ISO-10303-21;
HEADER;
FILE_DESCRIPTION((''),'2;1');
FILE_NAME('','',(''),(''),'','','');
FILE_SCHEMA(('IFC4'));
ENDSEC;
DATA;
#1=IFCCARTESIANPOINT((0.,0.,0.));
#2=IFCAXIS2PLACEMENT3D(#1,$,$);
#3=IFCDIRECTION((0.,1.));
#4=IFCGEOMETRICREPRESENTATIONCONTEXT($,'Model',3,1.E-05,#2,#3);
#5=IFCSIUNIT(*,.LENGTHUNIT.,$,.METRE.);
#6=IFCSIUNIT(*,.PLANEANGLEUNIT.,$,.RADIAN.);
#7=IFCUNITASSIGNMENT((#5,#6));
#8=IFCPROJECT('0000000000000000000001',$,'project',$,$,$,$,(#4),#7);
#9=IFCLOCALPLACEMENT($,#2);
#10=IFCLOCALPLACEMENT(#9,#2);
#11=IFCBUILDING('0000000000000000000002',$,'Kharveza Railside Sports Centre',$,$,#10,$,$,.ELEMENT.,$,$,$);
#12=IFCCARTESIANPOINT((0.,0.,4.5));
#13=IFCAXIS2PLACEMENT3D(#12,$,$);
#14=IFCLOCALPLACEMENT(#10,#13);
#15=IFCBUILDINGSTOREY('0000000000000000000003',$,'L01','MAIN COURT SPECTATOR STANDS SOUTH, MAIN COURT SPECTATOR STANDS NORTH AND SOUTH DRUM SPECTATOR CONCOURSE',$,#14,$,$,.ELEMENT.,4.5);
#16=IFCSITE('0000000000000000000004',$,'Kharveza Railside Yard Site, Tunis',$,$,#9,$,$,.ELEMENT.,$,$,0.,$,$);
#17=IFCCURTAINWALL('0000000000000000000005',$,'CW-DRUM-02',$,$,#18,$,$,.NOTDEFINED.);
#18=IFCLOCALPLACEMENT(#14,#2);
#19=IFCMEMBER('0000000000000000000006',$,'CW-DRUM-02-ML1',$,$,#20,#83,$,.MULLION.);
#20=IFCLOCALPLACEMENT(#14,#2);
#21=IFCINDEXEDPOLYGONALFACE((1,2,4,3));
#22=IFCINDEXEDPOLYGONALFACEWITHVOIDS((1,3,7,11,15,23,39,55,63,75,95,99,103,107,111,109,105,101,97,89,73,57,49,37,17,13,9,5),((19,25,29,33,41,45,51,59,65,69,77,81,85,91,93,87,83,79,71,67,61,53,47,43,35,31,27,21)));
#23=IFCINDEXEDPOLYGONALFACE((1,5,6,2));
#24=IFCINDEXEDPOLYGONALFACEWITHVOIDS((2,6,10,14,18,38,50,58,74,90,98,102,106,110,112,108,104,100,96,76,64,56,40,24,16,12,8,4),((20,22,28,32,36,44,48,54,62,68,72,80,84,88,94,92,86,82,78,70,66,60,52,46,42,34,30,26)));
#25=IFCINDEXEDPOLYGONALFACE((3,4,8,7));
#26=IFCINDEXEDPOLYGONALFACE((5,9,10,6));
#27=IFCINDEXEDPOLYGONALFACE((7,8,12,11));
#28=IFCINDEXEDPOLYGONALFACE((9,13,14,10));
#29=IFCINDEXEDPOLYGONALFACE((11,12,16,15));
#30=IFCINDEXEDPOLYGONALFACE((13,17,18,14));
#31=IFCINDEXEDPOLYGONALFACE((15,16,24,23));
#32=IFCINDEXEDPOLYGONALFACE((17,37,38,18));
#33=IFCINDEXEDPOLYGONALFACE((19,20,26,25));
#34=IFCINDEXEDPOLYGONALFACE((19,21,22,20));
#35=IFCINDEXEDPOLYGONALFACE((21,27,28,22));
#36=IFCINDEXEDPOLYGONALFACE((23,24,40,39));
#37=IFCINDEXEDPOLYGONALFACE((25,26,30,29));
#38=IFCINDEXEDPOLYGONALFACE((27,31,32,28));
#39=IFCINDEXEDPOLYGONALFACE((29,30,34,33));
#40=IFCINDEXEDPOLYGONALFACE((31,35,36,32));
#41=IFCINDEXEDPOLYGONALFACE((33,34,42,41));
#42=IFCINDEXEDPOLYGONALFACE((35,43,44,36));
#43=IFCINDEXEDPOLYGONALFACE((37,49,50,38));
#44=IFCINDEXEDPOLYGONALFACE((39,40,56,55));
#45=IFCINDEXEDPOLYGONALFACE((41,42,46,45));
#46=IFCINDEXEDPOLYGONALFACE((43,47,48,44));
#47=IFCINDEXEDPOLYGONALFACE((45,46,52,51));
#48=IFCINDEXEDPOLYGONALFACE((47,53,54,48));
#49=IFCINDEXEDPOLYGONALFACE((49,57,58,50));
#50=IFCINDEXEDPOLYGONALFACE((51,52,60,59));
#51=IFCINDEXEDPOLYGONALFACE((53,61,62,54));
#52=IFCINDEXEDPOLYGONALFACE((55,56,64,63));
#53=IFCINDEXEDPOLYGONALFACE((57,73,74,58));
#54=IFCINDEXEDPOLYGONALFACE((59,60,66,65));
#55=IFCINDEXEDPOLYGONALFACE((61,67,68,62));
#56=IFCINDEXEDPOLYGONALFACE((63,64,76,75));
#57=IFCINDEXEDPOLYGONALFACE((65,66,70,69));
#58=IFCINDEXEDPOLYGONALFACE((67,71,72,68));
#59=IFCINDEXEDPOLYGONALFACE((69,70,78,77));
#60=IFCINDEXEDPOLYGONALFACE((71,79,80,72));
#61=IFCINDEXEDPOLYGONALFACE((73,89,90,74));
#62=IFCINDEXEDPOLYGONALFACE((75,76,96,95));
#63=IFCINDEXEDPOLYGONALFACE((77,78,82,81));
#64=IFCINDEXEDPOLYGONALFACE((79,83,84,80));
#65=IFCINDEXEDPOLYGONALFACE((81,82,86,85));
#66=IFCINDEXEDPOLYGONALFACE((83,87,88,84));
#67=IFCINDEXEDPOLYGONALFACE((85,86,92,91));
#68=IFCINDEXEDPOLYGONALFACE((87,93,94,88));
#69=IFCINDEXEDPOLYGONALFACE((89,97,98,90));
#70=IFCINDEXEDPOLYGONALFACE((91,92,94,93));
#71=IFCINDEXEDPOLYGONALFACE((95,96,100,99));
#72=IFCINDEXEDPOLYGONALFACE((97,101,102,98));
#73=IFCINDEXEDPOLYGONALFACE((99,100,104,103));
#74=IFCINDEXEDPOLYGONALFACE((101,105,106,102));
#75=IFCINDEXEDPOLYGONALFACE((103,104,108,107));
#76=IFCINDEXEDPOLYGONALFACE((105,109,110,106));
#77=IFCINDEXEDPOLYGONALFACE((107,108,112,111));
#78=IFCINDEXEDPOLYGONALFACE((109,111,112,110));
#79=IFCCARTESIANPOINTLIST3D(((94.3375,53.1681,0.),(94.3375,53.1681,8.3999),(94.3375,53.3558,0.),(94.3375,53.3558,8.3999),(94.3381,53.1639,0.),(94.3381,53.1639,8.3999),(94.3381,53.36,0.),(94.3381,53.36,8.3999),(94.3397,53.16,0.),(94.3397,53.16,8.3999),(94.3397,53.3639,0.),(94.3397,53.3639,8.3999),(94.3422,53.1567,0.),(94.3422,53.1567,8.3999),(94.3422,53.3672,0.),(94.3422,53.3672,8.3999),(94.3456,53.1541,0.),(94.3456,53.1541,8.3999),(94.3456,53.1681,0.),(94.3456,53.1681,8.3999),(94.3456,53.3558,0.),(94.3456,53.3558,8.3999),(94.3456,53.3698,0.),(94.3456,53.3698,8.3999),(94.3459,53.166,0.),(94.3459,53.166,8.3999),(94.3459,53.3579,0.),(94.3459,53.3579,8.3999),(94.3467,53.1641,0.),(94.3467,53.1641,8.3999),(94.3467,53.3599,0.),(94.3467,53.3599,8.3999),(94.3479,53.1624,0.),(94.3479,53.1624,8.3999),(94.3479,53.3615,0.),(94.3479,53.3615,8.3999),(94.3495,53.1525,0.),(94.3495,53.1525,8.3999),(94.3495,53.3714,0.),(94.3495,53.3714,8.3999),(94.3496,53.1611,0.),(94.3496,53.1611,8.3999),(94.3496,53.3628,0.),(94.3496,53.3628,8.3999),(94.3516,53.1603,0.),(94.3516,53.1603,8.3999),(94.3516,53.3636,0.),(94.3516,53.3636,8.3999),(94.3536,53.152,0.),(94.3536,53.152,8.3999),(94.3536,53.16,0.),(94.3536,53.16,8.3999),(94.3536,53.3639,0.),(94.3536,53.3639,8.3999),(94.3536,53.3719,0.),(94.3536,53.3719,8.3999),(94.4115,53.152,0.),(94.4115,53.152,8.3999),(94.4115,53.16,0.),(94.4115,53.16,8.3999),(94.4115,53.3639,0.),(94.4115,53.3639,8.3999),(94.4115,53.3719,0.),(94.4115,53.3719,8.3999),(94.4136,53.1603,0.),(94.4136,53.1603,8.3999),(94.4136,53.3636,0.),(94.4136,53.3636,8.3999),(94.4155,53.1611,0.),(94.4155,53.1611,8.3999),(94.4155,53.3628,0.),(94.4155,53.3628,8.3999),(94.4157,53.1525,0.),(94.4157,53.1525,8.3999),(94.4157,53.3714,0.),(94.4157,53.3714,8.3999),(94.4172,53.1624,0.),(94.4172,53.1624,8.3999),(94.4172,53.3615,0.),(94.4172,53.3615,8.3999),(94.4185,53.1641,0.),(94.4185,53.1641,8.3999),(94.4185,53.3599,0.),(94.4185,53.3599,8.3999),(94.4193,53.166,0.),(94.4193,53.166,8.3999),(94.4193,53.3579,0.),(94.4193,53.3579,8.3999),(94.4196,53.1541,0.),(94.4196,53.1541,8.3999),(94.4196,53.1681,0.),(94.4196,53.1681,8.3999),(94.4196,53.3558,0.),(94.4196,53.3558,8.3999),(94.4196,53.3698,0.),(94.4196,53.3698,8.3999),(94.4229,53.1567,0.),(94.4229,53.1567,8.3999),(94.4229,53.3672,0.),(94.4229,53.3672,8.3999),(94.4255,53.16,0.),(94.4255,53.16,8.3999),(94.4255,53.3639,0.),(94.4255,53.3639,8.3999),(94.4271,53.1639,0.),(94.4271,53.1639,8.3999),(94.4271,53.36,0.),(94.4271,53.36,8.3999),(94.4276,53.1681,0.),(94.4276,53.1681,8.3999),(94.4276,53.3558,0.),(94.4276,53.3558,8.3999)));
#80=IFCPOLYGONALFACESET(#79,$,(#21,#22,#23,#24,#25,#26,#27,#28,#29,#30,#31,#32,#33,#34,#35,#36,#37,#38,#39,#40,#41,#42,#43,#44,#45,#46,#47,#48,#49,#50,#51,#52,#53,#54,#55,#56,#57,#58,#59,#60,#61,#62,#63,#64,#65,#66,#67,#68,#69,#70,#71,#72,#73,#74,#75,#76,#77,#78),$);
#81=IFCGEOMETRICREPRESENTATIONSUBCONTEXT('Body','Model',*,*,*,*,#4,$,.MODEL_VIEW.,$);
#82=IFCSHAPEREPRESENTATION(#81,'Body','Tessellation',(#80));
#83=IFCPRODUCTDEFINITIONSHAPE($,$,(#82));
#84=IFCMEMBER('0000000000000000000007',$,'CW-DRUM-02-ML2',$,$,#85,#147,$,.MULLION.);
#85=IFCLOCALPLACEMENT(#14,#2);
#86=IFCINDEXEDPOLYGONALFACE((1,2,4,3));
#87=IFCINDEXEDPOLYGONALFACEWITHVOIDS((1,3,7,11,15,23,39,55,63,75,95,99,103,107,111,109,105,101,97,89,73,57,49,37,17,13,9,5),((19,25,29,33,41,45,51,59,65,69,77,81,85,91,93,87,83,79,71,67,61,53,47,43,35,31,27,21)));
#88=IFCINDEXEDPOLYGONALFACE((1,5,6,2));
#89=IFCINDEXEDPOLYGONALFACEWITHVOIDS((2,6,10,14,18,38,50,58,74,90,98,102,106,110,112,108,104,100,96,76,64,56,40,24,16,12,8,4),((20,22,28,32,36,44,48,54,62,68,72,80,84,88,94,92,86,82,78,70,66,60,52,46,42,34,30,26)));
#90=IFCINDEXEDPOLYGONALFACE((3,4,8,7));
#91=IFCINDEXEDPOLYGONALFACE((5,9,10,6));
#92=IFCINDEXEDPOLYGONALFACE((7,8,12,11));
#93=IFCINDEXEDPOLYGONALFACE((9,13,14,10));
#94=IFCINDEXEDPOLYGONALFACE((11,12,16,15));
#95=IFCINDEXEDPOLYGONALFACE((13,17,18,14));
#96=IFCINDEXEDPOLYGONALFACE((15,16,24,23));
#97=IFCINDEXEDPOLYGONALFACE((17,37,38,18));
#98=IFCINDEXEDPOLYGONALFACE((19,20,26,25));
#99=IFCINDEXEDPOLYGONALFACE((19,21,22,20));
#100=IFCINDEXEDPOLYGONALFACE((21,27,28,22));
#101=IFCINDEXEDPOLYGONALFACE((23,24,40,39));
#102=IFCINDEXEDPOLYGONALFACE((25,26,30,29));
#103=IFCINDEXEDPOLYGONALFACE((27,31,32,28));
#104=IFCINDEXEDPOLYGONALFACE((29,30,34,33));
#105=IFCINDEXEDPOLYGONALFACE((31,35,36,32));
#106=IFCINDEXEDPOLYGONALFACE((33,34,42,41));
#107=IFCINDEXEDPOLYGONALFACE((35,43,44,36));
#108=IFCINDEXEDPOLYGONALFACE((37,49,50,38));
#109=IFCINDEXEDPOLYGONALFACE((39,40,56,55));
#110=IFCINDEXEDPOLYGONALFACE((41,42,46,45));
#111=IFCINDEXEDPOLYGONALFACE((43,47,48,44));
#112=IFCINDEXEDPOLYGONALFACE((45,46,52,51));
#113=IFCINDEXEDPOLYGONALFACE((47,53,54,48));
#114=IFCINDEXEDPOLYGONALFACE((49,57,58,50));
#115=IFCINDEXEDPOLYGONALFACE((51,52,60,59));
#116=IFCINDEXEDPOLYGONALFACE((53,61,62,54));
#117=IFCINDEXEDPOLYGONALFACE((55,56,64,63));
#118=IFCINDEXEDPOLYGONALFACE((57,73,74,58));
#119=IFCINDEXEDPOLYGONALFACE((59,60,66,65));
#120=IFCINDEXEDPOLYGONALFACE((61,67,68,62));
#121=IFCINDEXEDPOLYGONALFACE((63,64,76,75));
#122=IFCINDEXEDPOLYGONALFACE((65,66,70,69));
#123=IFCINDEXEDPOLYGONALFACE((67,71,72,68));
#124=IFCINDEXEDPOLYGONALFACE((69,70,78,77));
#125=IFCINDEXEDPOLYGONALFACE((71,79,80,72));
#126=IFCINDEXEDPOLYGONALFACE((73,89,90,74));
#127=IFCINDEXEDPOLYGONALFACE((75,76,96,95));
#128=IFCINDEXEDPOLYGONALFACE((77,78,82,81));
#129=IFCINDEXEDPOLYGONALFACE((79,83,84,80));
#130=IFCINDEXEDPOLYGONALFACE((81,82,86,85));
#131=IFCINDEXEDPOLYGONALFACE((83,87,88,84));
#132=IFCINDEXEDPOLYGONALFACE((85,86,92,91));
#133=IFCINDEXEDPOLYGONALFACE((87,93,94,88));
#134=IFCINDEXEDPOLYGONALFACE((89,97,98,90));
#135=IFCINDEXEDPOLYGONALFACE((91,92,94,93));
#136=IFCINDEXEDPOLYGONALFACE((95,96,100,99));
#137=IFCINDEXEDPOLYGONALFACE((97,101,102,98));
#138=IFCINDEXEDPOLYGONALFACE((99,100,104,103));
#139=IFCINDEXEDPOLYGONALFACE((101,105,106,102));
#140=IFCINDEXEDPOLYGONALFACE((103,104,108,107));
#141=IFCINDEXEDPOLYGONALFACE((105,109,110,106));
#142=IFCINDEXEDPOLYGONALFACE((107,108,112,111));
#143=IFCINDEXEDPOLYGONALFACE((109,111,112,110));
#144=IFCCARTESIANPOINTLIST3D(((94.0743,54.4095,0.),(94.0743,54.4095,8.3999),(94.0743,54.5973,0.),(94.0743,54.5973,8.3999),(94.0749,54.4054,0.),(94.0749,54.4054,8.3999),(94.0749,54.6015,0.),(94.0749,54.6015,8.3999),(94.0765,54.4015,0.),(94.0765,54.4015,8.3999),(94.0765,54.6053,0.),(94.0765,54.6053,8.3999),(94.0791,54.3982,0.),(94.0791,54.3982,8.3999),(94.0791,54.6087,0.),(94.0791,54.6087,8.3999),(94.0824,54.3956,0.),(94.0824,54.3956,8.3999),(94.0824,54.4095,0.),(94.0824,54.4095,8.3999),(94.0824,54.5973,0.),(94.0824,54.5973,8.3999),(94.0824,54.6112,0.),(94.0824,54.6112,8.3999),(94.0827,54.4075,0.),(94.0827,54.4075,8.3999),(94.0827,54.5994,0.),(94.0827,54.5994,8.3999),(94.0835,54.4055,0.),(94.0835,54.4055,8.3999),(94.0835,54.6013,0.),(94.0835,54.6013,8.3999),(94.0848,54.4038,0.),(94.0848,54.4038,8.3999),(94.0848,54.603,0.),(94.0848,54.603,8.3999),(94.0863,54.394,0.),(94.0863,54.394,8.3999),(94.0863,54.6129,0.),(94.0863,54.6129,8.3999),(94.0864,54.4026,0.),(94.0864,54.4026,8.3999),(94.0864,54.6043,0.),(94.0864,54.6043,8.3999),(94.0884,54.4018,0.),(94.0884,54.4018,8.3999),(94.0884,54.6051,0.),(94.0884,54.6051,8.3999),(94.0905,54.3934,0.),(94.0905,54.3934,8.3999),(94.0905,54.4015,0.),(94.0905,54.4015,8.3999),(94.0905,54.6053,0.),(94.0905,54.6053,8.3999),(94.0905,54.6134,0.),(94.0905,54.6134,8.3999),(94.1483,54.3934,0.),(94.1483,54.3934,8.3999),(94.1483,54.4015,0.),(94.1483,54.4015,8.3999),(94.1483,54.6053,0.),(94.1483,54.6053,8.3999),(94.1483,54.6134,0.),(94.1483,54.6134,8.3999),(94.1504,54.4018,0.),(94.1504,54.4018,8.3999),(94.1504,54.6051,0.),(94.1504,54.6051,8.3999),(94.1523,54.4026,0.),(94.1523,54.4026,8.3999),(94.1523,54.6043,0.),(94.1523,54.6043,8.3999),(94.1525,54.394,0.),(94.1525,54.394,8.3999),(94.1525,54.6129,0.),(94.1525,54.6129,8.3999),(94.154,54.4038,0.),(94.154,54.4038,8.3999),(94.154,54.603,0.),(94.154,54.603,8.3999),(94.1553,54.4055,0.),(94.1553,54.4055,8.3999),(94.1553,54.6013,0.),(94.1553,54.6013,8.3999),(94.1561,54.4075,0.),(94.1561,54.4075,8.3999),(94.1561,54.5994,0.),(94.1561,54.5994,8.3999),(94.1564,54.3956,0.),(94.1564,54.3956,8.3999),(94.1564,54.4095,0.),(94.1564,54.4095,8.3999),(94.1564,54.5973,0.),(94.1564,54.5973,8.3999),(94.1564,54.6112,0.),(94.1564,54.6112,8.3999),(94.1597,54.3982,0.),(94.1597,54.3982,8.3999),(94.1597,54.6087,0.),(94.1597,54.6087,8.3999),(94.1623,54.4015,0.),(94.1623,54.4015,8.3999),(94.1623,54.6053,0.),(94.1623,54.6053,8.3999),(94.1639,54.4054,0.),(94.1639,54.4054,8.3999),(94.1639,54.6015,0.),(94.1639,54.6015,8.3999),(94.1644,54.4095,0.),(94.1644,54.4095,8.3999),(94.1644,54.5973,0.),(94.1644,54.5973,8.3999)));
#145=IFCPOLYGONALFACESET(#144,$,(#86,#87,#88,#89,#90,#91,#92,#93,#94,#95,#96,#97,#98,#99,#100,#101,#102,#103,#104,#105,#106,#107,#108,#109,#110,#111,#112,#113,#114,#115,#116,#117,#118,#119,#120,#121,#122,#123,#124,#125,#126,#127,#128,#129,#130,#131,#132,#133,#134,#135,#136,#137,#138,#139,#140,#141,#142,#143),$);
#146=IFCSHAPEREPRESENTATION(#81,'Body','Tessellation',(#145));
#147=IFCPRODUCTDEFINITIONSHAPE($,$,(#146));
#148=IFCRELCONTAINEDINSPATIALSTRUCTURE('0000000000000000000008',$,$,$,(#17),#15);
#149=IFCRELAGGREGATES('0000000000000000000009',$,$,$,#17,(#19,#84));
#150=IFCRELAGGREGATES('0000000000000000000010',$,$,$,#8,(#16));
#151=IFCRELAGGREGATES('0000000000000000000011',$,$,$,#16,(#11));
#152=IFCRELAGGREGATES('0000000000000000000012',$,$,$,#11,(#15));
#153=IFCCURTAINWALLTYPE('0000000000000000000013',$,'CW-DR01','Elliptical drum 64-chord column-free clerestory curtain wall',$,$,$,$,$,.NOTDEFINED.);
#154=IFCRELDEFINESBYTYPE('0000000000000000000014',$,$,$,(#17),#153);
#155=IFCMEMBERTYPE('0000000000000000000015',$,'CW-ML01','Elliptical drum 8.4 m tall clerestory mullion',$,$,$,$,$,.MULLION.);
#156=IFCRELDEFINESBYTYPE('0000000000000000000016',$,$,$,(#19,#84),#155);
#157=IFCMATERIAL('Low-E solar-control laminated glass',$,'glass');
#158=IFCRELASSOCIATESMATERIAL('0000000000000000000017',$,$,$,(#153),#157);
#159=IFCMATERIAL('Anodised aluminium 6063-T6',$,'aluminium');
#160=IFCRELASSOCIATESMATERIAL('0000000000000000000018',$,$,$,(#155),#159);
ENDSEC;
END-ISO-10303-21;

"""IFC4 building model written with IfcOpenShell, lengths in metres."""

from ifc_helpers import new_model, si_unit, direction, frame, origin, origin_2d, place, context, subcontext, project, spatial, hollow_rectangle, extrude, material, material_profile, profile_set, type_object, element, aggregate, save


model = new_model("IFC4")

# Units and contexts
model_context = context("Model", 3, precision=1e-05, world=origin(), true_north=direction((0.0, 1.0)))
body_context = subcontext(model_context, "Body", "Model", "MODEL_VIEW")
ifc_project = project(units=[si_unit("LENGTHUNIT", "METRE"), si_unit("PLANEANGLEUNIT", "RADIAN")], contexts=[model_context])

# Site, building, storey
site_placement = place(None, origin())
site = spatial("IfcSite", under=ifc_project, at=site_placement, Name="Kharveza Railside Yard Site, Tunis", CompositionType="ELEMENT", RefElevation=0.0)
building_placement = place(site_placement, origin())
building = spatial("IfcBuilding", under=site, at=building_placement, Name="Kharveza Railside Sports Centre", CompositionType="ELEMENT")
storey_placement = place(building_placement, frame((0.0, 0.0, 4.5)))
storey = spatial("IfcBuildingStorey", under=building, at=storey_placement, Name="L01", Description="MAIN COURT SPECTATOR STANDS SOUTH, MAIN COURT SPECTATOR STANDS NORTH AND SOUTH DRUM SPECTATOR CONCOURSE", CompositionType="ELEMENT", Elevation=4.5)

# Curtain wall, members
ifc_material_1 = material(Name="Low-E solar-control laminated glass", Category="glass")
curtain_wall_type = type_object("IfcCurtainWallType", Name="CW-DR01", Description="Elliptical drum 64-chord column-free clerestory curtain wall", PredefinedType="NOTDEFINED", material=ifc_material_1)
ifc_material_2 = material(Name="Anodised aluminium 6063-T6", Category="aluminium")
ifc_material_profile_1 = material_profile(ifc_material_2, hollow_rectangle(XDim=0.0901, YDim=0.22, WallThickness=0.0081, InnerFilletRadius=0.0081, OuterFilletRadius=0.0161, at=origin_2d()), Name="RHS 90x220x8.0")
ifc_profile_set_1 = profile_set([ifc_material_profile_1], Name="Anodised aluminium 6063-T6")
member_type_1 = type_object("IfcMemberType", Name="CW-ML01", Description="Elliptical drum 8.4 m tall clerestory mullion", PredefinedType="MULLION", material=ifc_profile_set_1)
curtain_wall_1_placement = place(storey_placement, origin())
curtain_wall_1 = element("IfcCurtainWall", 1, at=curtain_wall_1_placement, inside=storey, type_object=curtain_wall_type, Name="CW-DRUM-02", PredefinedType="NOTDEFINED")
member_1_placement = place(storey_placement, frame((94.3826, 53.262, 0.0), z_axis=(0.0, 0.0, 1.0), x_axis=(1.0, 0.0, 0.0)))
member_1 = element("IfcMember", 2, at=member_1_placement, type_object=member_type_1, Name="CW-DRUM-02-ML1", PredefinedType="MULLION", context=body_context, shape_type="SweptSolid", body=[
    extrude(hollow_rectangle(XDim=0.0901, YDim=0.22, WallThickness=0.0081, InnerFilletRadius=0.0081, OuterFilletRadius=0.0161, at=origin_2d()), origin(), (0.0, 0.0, 1.0), 8.3999),
])
member_2_placement = place(storey_placement, frame((94.1194, 54.5034, 0.0), z_axis=(0.0, 0.0, 1.0), x_axis=(1.0, 0.0, 0.0)))
member_2 = element("IfcMember", 3, at=member_2_placement, type_object=member_type_1, Name="CW-DRUM-02-ML2", PredefinedType="MULLION", context=body_context, shape_type="SweptSolid", body=[
    extrude(hollow_rectangle(XDim=0.0901, YDim=0.22, WallThickness=0.0081, InnerFilletRadius=0.0081, OuterFilletRadius=0.0161, at=origin_2d()), origin(), (0.0, 0.0, 1.0), 8.3999),
])

aggregate(curtain_wall_1, [member_1, member_2])

save(model, "model.ifc")
